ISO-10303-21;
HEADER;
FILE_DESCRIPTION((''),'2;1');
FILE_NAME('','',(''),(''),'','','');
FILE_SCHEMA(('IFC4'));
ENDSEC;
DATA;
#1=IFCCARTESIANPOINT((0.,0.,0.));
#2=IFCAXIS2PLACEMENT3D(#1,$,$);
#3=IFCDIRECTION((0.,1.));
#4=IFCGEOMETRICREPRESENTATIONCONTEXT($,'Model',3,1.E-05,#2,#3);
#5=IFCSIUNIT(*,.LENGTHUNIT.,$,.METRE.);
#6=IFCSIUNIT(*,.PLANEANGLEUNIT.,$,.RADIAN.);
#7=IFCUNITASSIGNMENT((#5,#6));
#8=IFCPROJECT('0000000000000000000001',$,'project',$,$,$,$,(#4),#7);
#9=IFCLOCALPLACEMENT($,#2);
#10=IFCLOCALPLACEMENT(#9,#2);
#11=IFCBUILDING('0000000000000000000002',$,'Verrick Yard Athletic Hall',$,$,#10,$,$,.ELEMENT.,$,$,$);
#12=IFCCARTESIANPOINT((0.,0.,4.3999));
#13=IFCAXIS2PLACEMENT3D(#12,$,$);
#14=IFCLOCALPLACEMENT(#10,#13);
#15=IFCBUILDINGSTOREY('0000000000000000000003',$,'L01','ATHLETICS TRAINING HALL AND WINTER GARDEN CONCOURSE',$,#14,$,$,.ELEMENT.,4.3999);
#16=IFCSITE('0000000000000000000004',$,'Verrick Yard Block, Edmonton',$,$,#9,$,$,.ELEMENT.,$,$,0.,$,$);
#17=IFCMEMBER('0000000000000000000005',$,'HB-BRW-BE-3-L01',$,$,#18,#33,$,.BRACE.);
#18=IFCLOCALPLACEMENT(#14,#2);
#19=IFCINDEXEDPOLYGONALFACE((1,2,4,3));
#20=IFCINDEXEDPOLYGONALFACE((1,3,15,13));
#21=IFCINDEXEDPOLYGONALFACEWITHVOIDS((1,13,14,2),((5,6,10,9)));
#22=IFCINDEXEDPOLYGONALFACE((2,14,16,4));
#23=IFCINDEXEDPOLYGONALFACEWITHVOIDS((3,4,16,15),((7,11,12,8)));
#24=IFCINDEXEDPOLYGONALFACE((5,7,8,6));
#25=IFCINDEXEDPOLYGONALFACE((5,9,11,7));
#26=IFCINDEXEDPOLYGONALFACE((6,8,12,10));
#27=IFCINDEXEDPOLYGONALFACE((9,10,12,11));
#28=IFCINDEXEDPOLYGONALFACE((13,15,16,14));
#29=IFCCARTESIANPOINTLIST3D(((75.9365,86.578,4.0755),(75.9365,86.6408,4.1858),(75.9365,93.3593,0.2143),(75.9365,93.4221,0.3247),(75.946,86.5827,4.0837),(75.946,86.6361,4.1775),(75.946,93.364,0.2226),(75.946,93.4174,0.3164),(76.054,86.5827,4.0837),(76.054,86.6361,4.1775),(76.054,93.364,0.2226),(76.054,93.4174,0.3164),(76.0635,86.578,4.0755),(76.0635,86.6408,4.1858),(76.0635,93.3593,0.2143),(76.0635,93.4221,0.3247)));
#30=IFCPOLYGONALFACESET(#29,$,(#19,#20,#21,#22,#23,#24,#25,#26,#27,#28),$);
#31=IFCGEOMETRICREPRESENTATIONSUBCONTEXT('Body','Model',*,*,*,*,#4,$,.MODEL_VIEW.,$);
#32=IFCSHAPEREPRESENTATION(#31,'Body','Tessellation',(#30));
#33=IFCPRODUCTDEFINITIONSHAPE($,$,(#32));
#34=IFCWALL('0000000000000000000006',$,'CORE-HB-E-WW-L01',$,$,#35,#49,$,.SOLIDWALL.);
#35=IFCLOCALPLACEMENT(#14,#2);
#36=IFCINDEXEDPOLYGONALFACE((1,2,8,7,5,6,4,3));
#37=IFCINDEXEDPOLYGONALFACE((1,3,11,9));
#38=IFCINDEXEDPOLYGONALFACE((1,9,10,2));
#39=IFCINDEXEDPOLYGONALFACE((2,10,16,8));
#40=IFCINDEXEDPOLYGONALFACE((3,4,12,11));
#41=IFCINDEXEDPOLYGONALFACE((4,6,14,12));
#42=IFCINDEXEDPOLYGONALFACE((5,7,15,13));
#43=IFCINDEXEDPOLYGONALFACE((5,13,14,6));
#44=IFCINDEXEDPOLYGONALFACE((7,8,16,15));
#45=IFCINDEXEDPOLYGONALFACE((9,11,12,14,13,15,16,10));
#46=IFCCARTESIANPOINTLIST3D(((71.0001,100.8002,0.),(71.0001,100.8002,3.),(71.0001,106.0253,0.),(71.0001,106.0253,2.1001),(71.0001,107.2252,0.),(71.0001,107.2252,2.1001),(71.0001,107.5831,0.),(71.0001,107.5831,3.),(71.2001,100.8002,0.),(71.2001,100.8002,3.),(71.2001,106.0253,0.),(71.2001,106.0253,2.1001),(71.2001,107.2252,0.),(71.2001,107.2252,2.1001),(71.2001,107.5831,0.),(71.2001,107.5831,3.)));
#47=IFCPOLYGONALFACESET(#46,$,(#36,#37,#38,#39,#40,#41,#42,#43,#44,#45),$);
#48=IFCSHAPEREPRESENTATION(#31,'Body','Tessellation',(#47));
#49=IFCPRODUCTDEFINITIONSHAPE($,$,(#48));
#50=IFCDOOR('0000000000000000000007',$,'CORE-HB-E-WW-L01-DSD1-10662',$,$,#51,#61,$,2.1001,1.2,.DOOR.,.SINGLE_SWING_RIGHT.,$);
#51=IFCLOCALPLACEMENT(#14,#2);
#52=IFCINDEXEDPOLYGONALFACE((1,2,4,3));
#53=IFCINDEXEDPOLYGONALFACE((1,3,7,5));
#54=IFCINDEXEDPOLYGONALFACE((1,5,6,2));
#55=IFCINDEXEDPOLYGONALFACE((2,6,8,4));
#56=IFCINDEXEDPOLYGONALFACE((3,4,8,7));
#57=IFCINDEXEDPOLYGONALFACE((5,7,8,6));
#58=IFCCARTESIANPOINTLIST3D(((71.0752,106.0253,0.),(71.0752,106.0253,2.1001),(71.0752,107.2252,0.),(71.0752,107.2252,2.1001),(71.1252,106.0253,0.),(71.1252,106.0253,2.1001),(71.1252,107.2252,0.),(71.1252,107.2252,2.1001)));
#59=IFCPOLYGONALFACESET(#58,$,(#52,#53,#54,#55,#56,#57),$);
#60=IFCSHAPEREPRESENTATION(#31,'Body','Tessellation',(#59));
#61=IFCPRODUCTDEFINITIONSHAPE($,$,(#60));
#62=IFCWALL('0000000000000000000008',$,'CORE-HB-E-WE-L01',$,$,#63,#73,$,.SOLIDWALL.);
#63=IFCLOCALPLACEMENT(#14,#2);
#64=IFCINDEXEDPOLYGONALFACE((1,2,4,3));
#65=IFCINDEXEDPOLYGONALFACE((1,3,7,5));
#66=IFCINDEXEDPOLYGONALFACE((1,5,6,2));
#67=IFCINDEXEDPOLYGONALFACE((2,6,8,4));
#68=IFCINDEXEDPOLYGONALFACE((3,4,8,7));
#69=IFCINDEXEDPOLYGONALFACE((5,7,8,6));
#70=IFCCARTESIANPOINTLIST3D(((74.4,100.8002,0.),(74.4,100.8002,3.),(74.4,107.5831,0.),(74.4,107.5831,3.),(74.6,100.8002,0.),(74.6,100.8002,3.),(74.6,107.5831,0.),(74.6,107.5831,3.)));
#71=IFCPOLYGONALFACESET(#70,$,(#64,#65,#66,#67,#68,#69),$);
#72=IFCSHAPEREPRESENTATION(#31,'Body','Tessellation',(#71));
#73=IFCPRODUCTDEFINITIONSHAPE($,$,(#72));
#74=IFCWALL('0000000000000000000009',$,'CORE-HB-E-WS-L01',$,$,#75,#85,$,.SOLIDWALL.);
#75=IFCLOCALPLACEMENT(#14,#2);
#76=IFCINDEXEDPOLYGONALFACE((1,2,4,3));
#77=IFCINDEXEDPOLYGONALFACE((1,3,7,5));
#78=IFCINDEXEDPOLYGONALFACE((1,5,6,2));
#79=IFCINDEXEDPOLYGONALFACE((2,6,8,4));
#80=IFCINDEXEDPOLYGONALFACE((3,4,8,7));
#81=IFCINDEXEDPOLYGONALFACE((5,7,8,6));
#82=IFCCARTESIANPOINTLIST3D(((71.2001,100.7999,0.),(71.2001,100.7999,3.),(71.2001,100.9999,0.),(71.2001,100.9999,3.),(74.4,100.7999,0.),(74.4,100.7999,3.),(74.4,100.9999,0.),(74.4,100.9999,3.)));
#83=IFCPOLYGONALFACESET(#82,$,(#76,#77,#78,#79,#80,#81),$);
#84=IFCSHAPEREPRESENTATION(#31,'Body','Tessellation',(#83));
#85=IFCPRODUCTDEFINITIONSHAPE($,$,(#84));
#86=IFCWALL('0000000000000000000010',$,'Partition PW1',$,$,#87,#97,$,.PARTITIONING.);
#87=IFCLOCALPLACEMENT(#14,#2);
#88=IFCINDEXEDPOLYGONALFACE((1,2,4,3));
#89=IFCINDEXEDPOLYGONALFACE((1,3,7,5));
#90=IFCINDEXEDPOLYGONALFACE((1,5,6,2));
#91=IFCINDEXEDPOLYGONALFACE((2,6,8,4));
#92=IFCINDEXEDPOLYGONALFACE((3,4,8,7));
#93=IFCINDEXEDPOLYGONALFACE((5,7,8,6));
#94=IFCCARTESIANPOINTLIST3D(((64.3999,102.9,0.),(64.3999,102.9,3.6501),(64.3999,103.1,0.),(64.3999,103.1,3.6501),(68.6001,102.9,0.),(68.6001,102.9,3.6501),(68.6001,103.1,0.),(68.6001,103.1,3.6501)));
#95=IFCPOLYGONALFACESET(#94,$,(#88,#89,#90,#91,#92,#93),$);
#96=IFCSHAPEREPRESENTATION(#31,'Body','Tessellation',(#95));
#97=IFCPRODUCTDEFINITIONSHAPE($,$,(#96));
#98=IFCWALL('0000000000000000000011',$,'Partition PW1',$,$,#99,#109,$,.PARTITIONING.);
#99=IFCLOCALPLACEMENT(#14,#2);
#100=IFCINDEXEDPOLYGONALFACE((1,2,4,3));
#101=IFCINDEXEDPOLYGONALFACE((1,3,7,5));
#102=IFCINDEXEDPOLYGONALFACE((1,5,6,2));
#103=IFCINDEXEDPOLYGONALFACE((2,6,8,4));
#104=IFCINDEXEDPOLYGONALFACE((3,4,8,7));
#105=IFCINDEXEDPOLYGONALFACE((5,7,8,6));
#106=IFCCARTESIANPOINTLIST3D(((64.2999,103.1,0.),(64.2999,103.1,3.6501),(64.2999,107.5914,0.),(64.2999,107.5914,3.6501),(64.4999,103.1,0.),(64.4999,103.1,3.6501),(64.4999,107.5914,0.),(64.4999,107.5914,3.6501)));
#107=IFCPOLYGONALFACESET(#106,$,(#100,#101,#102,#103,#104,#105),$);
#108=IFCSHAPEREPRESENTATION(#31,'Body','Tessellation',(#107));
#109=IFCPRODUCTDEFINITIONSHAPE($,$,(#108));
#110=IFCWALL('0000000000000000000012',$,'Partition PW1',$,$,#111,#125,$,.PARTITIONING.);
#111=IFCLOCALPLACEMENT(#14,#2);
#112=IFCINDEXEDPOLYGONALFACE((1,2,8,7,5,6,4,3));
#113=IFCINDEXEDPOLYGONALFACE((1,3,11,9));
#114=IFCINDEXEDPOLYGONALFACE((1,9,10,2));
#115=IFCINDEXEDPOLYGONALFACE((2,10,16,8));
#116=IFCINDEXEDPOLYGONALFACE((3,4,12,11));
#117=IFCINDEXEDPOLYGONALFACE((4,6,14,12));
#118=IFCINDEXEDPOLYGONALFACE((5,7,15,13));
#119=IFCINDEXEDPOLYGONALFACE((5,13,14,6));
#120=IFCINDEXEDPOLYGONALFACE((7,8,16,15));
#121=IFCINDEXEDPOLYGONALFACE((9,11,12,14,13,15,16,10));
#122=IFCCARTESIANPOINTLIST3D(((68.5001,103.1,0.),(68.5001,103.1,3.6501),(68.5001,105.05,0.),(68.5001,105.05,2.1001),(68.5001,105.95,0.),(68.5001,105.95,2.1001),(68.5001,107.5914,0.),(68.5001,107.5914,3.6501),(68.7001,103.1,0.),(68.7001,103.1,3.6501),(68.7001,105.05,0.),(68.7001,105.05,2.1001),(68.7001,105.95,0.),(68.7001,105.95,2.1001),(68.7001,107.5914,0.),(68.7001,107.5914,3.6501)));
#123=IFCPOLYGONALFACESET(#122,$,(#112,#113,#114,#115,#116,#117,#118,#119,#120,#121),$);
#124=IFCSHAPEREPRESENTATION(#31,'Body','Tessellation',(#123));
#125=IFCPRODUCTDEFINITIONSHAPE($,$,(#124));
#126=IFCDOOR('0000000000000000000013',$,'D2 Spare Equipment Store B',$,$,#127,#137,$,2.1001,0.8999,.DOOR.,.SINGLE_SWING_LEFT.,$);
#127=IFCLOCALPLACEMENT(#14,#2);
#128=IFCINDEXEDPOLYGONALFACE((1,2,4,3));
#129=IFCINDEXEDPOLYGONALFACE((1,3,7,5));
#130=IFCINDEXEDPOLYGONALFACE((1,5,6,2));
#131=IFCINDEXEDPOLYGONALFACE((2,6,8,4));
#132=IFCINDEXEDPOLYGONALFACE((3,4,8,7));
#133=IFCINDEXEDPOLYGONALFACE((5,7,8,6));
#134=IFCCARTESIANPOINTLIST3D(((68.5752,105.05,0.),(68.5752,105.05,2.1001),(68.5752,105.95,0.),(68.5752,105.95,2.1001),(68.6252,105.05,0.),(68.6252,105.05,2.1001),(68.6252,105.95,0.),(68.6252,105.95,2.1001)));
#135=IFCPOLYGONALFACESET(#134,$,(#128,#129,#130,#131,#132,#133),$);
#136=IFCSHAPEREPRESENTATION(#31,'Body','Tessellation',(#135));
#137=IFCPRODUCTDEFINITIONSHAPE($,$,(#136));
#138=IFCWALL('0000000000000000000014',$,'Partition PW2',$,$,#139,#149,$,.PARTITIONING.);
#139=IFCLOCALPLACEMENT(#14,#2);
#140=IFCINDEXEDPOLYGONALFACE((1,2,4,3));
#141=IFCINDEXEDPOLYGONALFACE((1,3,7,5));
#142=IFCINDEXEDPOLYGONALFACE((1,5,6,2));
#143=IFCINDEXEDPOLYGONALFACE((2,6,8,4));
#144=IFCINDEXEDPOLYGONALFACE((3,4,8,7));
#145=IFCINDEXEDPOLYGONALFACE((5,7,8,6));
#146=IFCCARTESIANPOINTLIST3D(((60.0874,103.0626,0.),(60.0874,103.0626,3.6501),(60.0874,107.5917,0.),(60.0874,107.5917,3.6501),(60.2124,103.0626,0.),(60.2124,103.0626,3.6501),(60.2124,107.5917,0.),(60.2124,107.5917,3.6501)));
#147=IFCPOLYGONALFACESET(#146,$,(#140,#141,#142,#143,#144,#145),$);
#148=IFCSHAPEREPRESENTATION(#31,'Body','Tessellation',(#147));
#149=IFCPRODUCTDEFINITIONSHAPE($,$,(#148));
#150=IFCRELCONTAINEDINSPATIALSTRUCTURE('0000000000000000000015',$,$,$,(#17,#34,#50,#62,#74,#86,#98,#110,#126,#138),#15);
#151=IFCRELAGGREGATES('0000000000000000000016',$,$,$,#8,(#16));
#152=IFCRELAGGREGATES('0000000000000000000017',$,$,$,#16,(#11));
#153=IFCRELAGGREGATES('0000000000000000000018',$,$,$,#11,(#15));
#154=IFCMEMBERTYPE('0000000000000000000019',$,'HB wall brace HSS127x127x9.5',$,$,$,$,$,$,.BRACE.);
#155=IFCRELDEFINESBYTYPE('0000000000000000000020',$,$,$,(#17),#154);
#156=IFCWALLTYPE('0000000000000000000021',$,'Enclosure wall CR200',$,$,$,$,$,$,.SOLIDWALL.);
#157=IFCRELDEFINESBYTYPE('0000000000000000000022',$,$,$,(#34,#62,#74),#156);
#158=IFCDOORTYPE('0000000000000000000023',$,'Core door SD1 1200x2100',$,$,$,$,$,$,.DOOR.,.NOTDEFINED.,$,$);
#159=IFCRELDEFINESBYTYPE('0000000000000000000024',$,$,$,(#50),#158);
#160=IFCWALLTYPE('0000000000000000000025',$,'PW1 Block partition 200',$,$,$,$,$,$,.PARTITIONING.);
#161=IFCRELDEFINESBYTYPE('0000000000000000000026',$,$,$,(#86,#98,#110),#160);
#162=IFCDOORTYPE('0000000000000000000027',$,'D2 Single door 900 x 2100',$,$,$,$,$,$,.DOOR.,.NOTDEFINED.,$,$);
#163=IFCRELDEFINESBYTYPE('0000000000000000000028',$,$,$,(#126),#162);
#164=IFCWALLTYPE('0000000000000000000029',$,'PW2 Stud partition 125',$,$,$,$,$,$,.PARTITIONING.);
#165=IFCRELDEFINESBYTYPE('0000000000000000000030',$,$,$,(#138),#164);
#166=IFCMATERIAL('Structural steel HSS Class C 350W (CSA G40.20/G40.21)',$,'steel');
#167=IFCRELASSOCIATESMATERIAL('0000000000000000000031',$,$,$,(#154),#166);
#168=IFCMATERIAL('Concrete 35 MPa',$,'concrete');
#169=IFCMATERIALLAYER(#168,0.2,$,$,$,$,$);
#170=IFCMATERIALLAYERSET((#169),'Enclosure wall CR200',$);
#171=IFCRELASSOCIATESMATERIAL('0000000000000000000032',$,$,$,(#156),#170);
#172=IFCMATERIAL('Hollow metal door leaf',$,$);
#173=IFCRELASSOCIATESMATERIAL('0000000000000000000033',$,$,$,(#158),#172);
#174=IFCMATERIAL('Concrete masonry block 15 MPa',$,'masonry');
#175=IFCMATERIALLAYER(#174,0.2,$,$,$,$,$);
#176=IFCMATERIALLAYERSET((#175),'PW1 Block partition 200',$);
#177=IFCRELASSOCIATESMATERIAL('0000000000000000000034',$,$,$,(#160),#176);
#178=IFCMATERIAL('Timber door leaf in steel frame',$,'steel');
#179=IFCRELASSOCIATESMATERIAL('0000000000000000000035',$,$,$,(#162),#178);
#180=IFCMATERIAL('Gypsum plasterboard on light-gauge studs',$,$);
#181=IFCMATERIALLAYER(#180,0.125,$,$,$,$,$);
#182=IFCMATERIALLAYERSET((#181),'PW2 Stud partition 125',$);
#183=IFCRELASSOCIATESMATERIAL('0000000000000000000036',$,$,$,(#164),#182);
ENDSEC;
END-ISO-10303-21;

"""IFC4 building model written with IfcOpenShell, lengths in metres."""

from ifc_helpers import new_model, si_unit, direction, frame, frame_2d, origin, origin_2d, place, context, subcontext, project, spatial, rectangle, hollow_rectangle, extrude, material, layer, layer_set, material_profile, profile_set, type_object, element, fill, save


model = new_model("IFC4")

# Units and contexts
model_context = context("Model", 3, precision=1e-05, world=origin(), true_north=direction((0.0, 1.0)))
body_context = subcontext(model_context, "Body", "Model", "MODEL_VIEW")
ifc_project = project(units=[si_unit("LENGTHUNIT", "METRE"), si_unit("PLANEANGLEUNIT", "RADIAN")], contexts=[model_context])

# Site, building, storey
site_placement = place(None, origin())
site = spatial("IfcSite", under=ifc_project, at=site_placement, Name="Verrick Yard Block, Edmonton", CompositionType="ELEMENT", RefElevation=0.0)
building_placement = place(site_placement, origin())
building = spatial("IfcBuilding", under=site, at=building_placement, Name="Verrick Yard Athletic Hall", CompositionType="ELEMENT")
storey_placement = place(building_placement, frame((0.0, 0.0, 4.3999)))
storey = spatial("IfcBuildingStorey", under=building, at=storey_placement, Name="L01", Description="ATHLETICS TRAINING HALL AND WINTER GARDEN CONCOURSE", CompositionType="ELEMENT", Elevation=4.3999)

# Shared definitions
ifc_material_1 = material(Name="Structural steel HSS Class C 350W (CSA G40.20/G40.21)", Category="steel")

# Member
ifc_material_profile_1 = material_profile(ifc_material_1, hollow_rectangle(XDim=0.127, YDim=0.127, WallThickness=0.0095, at=origin_2d()), Name="HSS127x127x9.5")
ifc_profile_set_1 = profile_set([ifc_material_profile_1], Name="Structural steel HSS Class C 350W (CSA G40.20/G40.21)")
member_type = type_object("IfcMemberType", Name="HB wall brace HSS127x127x9.5", PredefinedType="BRACE", material=ifc_profile_set_1)
member_placement = place(storey_placement, frame((76.0, 86.6094, 4.1306), z_axis=(0.0, 0.86901, -0.494794), x_axis=(-1.0, 0.0, 0.0)))
element("IfcMember", 1, at=member_placement, inside=storey, type_object=member_type, Name="HB-BRW-BE-3-L01", PredefinedType="BRACE", context=body_context, shape_type="SweptSolid", body=[
    extrude(hollow_rectangle(XDim=0.127, YDim=0.127, WallThickness=0.0095, at=origin_2d()), origin(), (0.0, 0.0, 1.0), 7.8035),
])

# Wall, opening, door
ifc_material_2 = material(Name="Concrete 35 MPa", Category="concrete")
ifc_layer_1 = layer(ifc_material_2, 0.2)
ifc_layer_set_1 = layer_set([ifc_layer_1], Name="Enclosure wall CR200")
wall_type_1 = type_object("IfcWallType", Name="Enclosure wall CR200", PredefinedType="SOLIDWALL", material=ifc_layer_set_1)
wall_1_placement = place(storey_placement, frame((71.1001, 100.8, 0.0), z_axis=(0.0, 0.0, 1.0), x_axis=(0.0, 1.0, 0.0)))
wall_1 = element("IfcWall", 2, at=wall_1_placement, inside=storey, type_object=wall_type_1, Name="CORE-HB-E-WW-L01", PredefinedType="SOLIDWALL", context=body_context, shape_type="SweptSolid", body=[
    extrude(rectangle(XDim=6.783, YDim=0.2, at=frame_2d((3.3916, 0.0))), origin(), (0.0, 0.0, 1.0), 3.0),
])
opening_1_placement = place(wall_1_placement, frame((5.2251, 0.0, 0.0)))
opening_1 = element("IfcOpeningElement", 3, at=opening_1_placement, cuts=wall_1, PredefinedType="OPENING", context=body_context, shape_type="SweptSolid", body=[
    extrude(rectangle(XDim=1.2, YDim=2.1001, at=frame_2d((0.6001, 1.05))), frame((0.0, 0.1099, 0.0), z_axis=(0.0, -1.0, 0.0), x_axis=(1.0, 0.0, 0.0)), (0.0, 0.0, 1.0), 0.22),
])
ifc_material_3 = material(Name="Hollow metal door leaf")
door_type_1 = type_object("IfcDoorType", Name="Core door SD1 1200x2100", OperationType="NOTDEFINED", PredefinedType="DOOR", material=ifc_material_3)
door_1_placement = place(opening_1_placement, origin())
door_1 = element("IfcDoor", 4, at=door_1_placement, inside=storey, type_object=door_type_1, Name="CORE-HB-E-WW-L01-DSD1-10662", OperationType="SINGLE_SWING_RIGHT", OverallHeight=2.1001, OverallWidth=1.2, PredefinedType="DOOR", context=body_context, shape_type="SweptSolid", body=[
    extrude(rectangle(XDim=1.2, YDim=2.1001, at=frame_2d((0.6001, 1.05))), frame((0.0, 0.0249, 0.0), z_axis=(0.0, -1.0, 0.0), x_axis=(1.0, 0.0, 0.0)), (0.0, 0.0, 1.0), 0.05),
])
fill(opening_1, door_1)

# Walls
wall_2_placement = place(storey_placement, frame((74.5, 100.8, 0.0), z_axis=(0.0, 0.0, 1.0), x_axis=(0.0, 1.0, 0.0)))
element("IfcWall", 5, at=wall_2_placement, inside=storey, type_object=wall_type_1, Name="CORE-HB-E-WE-L01", PredefinedType="SOLIDWALL", context=body_context, shape_type="SweptSolid", body=[
    extrude(rectangle(XDim=6.783, YDim=0.2, at=frame_2d((3.3916, 0.0))), origin(), (0.0, 0.0, 1.0), 3.0),
])
wall_3_placement = place(storey_placement, frame((71.2, 100.8999, 0.0), z_axis=(0.0, 0.0, 1.0), x_axis=(1.0, 0.0, 0.0)))
element("IfcWall", 6, at=wall_3_placement, inside=storey, type_object=wall_type_1, Name="CORE-HB-E-WS-L01", PredefinedType="SOLIDWALL", context=body_context, shape_type="SweptSolid", body=[
    extrude(rectangle(XDim=3.2, YDim=0.2, at=frame_2d((1.6001, 0.0))), origin(), (0.0, 0.0, 1.0), 3.0),
])
ifc_material_4 = material(Name="Concrete masonry block 15 MPa", Category="masonry")
ifc_layer_2 = layer(ifc_material_4, 0.2)
ifc_layer_set_2 = layer_set([ifc_layer_2], Name="PW1 Block partition 200")
wall_type_2 = type_object("IfcWallType", Name="PW1 Block partition 200", PredefinedType="PARTITIONING", material=ifc_layer_set_2)
wall_4_placement = place(storey_placement, frame((64.3999, 103.0, 0.0), z_axis=(0.0, 0.0, 1.0), x_axis=(1.0, 0.0, 0.0)))
element("IfcWall", 7, at=wall_4_placement, inside=storey, type_object=wall_type_2, Name="Partition PW1", PredefinedType="PARTITIONING", context=body_context, shape_type="SweptSolid", body=[
    extrude(rectangle(XDim=4.2002, YDim=0.2, at=frame_2d((2.1001, 0.0))), origin(), (0.0, 0.0, 1.0), 3.6501),
])
wall_5_placement = place(storey_placement, frame((64.3999, 103.1001, 0.0), z_axis=(0.0, 0.0, 1.0), x_axis=(0.0, 1.0, 0.0)))
element("IfcWall", 8, at=wall_5_placement, inside=storey, type_object=wall_type_2, Name="Partition PW1", PredefinedType="PARTITIONING", context=body_context, shape_type="SweptSolid", body=[
    extrude(rectangle(XDim=4.4915, YDim=0.2, at=frame_2d((2.2456, 0.0))), origin(), (0.0, 0.0, 1.0), 3.6501),
])

# Wall, opening, door
wall_6_placement = place(storey_placement, frame((68.6001, 103.1001, 0.0), z_axis=(0.0, 0.0, 1.0), x_axis=(0.0, 1.0, 0.0)))
wall_6 = element("IfcWall", 9, at=wall_6_placement, inside=storey, type_object=wall_type_2, Name="Partition PW1", PredefinedType="PARTITIONING", context=body_context, shape_type="SweptSolid", body=[
    extrude(rectangle(XDim=4.4915, YDim=0.2, at=frame_2d((2.2456, 0.0))), origin(), (0.0, 0.0, 1.0), 3.6501),
])
opening_2_placement = place(wall_6_placement, frame((1.95, 0.0, 0.0)))
opening_2 = element("IfcOpeningElement", 10, at=opening_2_placement, cuts=wall_6, PredefinedType="OPENING", context=body_context, shape_type="SweptSolid", body=[
    extrude(rectangle(XDim=0.8999, YDim=2.1001, at=frame_2d((0.45, 1.05))), frame((0.0, 0.1099, 0.0), z_axis=(0.0, -1.0, 0.0), x_axis=(1.0, 0.0, 0.0)), (0.0, 0.0, 1.0), 0.22),
])
ifc_material_5 = material(Name="Timber door leaf in steel frame", Category="steel")
door_type_2 = type_object("IfcDoorType", Name="D2 Single door 900 x 2100", OperationType="NOTDEFINED", PredefinedType="DOOR", material=ifc_material_5)
door_2_placement = place(opening_2_placement, origin())
door_2 = element("IfcDoor", 11, at=door_2_placement, inside=storey, type_object=door_type_2, Name="D2 Spare Equipment Store B", OperationType="SINGLE_SWING_LEFT", OverallHeight=2.1001, OverallWidth=0.8999, PredefinedType="DOOR", context=body_context, shape_type="SweptSolid", body=[
    extrude(rectangle(XDim=0.8999, YDim=2.1001, at=frame_2d((0.45, 1.05))), frame((0.0, 0.0249, 0.0), z_axis=(0.0, -1.0, 0.0), x_axis=(1.0, 0.0, 0.0)), (0.0, 0.0, 1.0), 0.05),
])
fill(opening_2, door_2)

# Wall
ifc_material_6 = material(Name="Gypsum plasterboard on light-gauge studs")
ifc_layer_3 = layer(ifc_material_6, 0.125)
ifc_layer_set_3 = layer_set([ifc_layer_3], Name="PW2 Stud partition 125")
wall_type_3 = type_object("IfcWallType", Name="PW2 Stud partition 125", PredefinedType="PARTITIONING", material=ifc_layer_set_3)
wall_7_placement = place(storey_placement, frame((60.1499, 103.0625, 0.0), z_axis=(0.0, 0.0, 1.0), x_axis=(0.0, 1.0, 0.0)))
element("IfcWall", 12, at=wall_7_placement, inside=storey, type_object=wall_type_3, Name="Partition PW2", PredefinedType="PARTITIONING", context=body_context, shape_type="SweptSolid", body=[
    extrude(rectangle(XDim=4.5291, YDim=0.125, at=frame_2d((2.2646, 0.0))), origin(), (0.0, 0.0, 1.0), 3.6501),
])

save(model, "model.ifc")
